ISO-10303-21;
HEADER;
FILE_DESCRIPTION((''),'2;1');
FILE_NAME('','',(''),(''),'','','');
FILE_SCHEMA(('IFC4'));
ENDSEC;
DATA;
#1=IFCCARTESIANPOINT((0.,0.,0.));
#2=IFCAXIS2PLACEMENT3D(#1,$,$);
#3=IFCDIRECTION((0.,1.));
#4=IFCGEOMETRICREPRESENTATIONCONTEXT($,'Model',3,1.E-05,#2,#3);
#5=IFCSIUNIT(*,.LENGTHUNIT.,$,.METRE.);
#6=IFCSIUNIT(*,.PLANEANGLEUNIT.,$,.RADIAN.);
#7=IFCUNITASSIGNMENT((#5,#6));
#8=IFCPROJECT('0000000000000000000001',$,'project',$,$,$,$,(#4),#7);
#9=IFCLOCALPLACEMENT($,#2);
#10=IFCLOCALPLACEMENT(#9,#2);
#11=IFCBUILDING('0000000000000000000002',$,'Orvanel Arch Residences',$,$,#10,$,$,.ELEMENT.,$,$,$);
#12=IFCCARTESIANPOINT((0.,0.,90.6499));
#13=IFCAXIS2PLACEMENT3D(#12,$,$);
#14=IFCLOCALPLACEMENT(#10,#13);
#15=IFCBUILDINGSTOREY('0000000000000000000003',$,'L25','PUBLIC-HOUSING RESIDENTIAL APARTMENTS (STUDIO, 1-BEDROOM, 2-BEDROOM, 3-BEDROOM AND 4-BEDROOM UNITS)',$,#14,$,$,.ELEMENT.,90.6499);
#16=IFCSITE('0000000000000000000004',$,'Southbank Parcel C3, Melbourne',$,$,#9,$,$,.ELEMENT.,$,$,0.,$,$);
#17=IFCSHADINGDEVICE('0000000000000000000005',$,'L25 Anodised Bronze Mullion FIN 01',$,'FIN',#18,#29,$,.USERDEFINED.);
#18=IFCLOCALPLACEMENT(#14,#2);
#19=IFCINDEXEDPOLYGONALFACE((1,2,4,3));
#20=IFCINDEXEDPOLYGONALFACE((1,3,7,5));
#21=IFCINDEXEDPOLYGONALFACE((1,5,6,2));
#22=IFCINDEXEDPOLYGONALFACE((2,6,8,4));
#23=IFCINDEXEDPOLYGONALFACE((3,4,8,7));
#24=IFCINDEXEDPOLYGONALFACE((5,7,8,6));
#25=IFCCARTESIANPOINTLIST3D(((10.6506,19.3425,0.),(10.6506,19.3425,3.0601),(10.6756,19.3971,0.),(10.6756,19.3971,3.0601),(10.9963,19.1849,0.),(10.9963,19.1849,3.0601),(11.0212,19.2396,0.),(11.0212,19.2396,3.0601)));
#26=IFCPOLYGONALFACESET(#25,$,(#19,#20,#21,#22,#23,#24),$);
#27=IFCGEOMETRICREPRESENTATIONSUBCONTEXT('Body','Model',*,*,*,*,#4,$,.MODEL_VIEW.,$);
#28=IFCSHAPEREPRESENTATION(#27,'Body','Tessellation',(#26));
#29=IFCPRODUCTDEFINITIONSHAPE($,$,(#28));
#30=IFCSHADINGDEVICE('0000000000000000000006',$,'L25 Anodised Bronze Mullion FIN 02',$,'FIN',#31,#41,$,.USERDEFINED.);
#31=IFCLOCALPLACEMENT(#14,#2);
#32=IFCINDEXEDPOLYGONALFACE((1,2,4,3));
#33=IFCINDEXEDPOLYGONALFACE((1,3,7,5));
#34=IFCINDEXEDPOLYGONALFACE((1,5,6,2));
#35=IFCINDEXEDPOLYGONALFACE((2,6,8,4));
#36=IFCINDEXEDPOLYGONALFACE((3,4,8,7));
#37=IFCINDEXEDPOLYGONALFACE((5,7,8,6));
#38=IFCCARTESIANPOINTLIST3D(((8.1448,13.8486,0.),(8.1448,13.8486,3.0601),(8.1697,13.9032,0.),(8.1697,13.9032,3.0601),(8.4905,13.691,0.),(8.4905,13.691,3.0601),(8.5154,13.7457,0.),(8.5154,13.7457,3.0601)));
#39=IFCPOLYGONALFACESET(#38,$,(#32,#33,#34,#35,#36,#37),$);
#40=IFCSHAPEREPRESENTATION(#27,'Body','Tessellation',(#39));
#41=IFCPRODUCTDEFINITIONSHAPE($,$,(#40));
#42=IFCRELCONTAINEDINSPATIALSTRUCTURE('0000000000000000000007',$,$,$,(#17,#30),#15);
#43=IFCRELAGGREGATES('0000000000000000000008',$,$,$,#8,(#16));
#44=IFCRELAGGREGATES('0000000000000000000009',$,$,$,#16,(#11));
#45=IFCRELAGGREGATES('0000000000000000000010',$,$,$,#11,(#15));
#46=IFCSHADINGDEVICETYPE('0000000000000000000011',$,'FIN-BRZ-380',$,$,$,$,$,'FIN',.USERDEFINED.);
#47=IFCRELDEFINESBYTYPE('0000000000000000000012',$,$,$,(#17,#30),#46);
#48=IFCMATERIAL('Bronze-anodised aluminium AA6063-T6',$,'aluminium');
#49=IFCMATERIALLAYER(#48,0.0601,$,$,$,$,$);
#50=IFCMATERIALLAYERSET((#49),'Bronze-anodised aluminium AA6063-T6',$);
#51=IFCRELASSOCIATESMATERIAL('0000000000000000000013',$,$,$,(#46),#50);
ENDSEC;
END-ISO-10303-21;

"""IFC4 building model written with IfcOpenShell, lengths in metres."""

from ifc_helpers import new_model, si_unit, direction, frame, origin, origin_2d, place, context, subcontext, project, spatial, rectangle, extrude, material, layer, layer_set, type_object, element, save


model = new_model("IFC4")

# Units and contexts
model_context = context("Model", 3, precision=1e-05, world=origin(), true_north=direction((0.0, 1.0)))
body_context = subcontext(model_context, "Body", "Model", "MODEL_VIEW")
ifc_project = project(units=[si_unit("LENGTHUNIT", "METRE"), si_unit("PLANEANGLEUNIT", "RADIAN")], contexts=[model_context])

# Site, building, storey
site_placement = place(None, origin())
site = spatial("IfcSite", under=ifc_project, at=site_placement, Name="Southbank Parcel C3, Melbourne", CompositionType="ELEMENT", RefElevation=0.0)
building_placement = place(site_placement, origin())
building = spatial("IfcBuilding", under=site, at=building_placement, Name="Orvanel Arch Residences", CompositionType="ELEMENT")
storey_placement = place(building_placement, frame((0.0, 0.0, 90.6499)))
storey = spatial("IfcBuildingStorey", under=building, at=storey_placement, Name="L25", Description="PUBLIC-HOUSING RESIDENTIAL APARTMENTS (STUDIO, 1-BEDROOM, 2-BEDROOM, 3-BEDROOM AND 4-BEDROOM UNITS)", CompositionType="ELEMENT", Elevation=90.6499)

# Shared definitions
ifc_material_1 = material(Name="Bronze-anodised aluminium AA6063-T6", Category="aluminium")

# Shading devices
ifc_layer_1 = layer(ifc_material_1, 0.0601)
ifc_layer_set_1 = layer_set([ifc_layer_1], Name="Bronze-anodised aluminium AA6063-T6")
shading_device_type = type_object("IfcShadingDeviceType", Name="FIN-BRZ-380", ElementType="FIN", PredefinedType="USERDEFINED", material=ifc_layer_set_1)
for number, where, z_axis, x_axis, name in (
    (1, (10.8359, 19.291, 0.0), (0.0, 0.0, 1.0), (-0.909961, 0.414693, 0.0), "L25 Anodised Bronze Mullion FIN 01"),
    (2, (8.3301, 13.7971, 0.0), (0.0, 0.0, 1.0), (-0.909961, 0.414693, 0.0), "L25 Anodised Bronze Mullion FIN 02"),
):
    element("IfcShadingDevice", number, at=place(storey_placement, frame(where, z_axis=z_axis, x_axis=x_axis)), inside=storey, type_object=shading_device_type, Name=name, ObjectType="FIN", PredefinedType="USERDEFINED", context=body_context, shape_type="SweptSolid", body=[
        extrude(rectangle(XDim=0.3799, YDim=0.0601, at=origin_2d()), origin(), (0.0, 0.0, 1.0), 3.0601),
    ])

save(model, "model.ifc")
